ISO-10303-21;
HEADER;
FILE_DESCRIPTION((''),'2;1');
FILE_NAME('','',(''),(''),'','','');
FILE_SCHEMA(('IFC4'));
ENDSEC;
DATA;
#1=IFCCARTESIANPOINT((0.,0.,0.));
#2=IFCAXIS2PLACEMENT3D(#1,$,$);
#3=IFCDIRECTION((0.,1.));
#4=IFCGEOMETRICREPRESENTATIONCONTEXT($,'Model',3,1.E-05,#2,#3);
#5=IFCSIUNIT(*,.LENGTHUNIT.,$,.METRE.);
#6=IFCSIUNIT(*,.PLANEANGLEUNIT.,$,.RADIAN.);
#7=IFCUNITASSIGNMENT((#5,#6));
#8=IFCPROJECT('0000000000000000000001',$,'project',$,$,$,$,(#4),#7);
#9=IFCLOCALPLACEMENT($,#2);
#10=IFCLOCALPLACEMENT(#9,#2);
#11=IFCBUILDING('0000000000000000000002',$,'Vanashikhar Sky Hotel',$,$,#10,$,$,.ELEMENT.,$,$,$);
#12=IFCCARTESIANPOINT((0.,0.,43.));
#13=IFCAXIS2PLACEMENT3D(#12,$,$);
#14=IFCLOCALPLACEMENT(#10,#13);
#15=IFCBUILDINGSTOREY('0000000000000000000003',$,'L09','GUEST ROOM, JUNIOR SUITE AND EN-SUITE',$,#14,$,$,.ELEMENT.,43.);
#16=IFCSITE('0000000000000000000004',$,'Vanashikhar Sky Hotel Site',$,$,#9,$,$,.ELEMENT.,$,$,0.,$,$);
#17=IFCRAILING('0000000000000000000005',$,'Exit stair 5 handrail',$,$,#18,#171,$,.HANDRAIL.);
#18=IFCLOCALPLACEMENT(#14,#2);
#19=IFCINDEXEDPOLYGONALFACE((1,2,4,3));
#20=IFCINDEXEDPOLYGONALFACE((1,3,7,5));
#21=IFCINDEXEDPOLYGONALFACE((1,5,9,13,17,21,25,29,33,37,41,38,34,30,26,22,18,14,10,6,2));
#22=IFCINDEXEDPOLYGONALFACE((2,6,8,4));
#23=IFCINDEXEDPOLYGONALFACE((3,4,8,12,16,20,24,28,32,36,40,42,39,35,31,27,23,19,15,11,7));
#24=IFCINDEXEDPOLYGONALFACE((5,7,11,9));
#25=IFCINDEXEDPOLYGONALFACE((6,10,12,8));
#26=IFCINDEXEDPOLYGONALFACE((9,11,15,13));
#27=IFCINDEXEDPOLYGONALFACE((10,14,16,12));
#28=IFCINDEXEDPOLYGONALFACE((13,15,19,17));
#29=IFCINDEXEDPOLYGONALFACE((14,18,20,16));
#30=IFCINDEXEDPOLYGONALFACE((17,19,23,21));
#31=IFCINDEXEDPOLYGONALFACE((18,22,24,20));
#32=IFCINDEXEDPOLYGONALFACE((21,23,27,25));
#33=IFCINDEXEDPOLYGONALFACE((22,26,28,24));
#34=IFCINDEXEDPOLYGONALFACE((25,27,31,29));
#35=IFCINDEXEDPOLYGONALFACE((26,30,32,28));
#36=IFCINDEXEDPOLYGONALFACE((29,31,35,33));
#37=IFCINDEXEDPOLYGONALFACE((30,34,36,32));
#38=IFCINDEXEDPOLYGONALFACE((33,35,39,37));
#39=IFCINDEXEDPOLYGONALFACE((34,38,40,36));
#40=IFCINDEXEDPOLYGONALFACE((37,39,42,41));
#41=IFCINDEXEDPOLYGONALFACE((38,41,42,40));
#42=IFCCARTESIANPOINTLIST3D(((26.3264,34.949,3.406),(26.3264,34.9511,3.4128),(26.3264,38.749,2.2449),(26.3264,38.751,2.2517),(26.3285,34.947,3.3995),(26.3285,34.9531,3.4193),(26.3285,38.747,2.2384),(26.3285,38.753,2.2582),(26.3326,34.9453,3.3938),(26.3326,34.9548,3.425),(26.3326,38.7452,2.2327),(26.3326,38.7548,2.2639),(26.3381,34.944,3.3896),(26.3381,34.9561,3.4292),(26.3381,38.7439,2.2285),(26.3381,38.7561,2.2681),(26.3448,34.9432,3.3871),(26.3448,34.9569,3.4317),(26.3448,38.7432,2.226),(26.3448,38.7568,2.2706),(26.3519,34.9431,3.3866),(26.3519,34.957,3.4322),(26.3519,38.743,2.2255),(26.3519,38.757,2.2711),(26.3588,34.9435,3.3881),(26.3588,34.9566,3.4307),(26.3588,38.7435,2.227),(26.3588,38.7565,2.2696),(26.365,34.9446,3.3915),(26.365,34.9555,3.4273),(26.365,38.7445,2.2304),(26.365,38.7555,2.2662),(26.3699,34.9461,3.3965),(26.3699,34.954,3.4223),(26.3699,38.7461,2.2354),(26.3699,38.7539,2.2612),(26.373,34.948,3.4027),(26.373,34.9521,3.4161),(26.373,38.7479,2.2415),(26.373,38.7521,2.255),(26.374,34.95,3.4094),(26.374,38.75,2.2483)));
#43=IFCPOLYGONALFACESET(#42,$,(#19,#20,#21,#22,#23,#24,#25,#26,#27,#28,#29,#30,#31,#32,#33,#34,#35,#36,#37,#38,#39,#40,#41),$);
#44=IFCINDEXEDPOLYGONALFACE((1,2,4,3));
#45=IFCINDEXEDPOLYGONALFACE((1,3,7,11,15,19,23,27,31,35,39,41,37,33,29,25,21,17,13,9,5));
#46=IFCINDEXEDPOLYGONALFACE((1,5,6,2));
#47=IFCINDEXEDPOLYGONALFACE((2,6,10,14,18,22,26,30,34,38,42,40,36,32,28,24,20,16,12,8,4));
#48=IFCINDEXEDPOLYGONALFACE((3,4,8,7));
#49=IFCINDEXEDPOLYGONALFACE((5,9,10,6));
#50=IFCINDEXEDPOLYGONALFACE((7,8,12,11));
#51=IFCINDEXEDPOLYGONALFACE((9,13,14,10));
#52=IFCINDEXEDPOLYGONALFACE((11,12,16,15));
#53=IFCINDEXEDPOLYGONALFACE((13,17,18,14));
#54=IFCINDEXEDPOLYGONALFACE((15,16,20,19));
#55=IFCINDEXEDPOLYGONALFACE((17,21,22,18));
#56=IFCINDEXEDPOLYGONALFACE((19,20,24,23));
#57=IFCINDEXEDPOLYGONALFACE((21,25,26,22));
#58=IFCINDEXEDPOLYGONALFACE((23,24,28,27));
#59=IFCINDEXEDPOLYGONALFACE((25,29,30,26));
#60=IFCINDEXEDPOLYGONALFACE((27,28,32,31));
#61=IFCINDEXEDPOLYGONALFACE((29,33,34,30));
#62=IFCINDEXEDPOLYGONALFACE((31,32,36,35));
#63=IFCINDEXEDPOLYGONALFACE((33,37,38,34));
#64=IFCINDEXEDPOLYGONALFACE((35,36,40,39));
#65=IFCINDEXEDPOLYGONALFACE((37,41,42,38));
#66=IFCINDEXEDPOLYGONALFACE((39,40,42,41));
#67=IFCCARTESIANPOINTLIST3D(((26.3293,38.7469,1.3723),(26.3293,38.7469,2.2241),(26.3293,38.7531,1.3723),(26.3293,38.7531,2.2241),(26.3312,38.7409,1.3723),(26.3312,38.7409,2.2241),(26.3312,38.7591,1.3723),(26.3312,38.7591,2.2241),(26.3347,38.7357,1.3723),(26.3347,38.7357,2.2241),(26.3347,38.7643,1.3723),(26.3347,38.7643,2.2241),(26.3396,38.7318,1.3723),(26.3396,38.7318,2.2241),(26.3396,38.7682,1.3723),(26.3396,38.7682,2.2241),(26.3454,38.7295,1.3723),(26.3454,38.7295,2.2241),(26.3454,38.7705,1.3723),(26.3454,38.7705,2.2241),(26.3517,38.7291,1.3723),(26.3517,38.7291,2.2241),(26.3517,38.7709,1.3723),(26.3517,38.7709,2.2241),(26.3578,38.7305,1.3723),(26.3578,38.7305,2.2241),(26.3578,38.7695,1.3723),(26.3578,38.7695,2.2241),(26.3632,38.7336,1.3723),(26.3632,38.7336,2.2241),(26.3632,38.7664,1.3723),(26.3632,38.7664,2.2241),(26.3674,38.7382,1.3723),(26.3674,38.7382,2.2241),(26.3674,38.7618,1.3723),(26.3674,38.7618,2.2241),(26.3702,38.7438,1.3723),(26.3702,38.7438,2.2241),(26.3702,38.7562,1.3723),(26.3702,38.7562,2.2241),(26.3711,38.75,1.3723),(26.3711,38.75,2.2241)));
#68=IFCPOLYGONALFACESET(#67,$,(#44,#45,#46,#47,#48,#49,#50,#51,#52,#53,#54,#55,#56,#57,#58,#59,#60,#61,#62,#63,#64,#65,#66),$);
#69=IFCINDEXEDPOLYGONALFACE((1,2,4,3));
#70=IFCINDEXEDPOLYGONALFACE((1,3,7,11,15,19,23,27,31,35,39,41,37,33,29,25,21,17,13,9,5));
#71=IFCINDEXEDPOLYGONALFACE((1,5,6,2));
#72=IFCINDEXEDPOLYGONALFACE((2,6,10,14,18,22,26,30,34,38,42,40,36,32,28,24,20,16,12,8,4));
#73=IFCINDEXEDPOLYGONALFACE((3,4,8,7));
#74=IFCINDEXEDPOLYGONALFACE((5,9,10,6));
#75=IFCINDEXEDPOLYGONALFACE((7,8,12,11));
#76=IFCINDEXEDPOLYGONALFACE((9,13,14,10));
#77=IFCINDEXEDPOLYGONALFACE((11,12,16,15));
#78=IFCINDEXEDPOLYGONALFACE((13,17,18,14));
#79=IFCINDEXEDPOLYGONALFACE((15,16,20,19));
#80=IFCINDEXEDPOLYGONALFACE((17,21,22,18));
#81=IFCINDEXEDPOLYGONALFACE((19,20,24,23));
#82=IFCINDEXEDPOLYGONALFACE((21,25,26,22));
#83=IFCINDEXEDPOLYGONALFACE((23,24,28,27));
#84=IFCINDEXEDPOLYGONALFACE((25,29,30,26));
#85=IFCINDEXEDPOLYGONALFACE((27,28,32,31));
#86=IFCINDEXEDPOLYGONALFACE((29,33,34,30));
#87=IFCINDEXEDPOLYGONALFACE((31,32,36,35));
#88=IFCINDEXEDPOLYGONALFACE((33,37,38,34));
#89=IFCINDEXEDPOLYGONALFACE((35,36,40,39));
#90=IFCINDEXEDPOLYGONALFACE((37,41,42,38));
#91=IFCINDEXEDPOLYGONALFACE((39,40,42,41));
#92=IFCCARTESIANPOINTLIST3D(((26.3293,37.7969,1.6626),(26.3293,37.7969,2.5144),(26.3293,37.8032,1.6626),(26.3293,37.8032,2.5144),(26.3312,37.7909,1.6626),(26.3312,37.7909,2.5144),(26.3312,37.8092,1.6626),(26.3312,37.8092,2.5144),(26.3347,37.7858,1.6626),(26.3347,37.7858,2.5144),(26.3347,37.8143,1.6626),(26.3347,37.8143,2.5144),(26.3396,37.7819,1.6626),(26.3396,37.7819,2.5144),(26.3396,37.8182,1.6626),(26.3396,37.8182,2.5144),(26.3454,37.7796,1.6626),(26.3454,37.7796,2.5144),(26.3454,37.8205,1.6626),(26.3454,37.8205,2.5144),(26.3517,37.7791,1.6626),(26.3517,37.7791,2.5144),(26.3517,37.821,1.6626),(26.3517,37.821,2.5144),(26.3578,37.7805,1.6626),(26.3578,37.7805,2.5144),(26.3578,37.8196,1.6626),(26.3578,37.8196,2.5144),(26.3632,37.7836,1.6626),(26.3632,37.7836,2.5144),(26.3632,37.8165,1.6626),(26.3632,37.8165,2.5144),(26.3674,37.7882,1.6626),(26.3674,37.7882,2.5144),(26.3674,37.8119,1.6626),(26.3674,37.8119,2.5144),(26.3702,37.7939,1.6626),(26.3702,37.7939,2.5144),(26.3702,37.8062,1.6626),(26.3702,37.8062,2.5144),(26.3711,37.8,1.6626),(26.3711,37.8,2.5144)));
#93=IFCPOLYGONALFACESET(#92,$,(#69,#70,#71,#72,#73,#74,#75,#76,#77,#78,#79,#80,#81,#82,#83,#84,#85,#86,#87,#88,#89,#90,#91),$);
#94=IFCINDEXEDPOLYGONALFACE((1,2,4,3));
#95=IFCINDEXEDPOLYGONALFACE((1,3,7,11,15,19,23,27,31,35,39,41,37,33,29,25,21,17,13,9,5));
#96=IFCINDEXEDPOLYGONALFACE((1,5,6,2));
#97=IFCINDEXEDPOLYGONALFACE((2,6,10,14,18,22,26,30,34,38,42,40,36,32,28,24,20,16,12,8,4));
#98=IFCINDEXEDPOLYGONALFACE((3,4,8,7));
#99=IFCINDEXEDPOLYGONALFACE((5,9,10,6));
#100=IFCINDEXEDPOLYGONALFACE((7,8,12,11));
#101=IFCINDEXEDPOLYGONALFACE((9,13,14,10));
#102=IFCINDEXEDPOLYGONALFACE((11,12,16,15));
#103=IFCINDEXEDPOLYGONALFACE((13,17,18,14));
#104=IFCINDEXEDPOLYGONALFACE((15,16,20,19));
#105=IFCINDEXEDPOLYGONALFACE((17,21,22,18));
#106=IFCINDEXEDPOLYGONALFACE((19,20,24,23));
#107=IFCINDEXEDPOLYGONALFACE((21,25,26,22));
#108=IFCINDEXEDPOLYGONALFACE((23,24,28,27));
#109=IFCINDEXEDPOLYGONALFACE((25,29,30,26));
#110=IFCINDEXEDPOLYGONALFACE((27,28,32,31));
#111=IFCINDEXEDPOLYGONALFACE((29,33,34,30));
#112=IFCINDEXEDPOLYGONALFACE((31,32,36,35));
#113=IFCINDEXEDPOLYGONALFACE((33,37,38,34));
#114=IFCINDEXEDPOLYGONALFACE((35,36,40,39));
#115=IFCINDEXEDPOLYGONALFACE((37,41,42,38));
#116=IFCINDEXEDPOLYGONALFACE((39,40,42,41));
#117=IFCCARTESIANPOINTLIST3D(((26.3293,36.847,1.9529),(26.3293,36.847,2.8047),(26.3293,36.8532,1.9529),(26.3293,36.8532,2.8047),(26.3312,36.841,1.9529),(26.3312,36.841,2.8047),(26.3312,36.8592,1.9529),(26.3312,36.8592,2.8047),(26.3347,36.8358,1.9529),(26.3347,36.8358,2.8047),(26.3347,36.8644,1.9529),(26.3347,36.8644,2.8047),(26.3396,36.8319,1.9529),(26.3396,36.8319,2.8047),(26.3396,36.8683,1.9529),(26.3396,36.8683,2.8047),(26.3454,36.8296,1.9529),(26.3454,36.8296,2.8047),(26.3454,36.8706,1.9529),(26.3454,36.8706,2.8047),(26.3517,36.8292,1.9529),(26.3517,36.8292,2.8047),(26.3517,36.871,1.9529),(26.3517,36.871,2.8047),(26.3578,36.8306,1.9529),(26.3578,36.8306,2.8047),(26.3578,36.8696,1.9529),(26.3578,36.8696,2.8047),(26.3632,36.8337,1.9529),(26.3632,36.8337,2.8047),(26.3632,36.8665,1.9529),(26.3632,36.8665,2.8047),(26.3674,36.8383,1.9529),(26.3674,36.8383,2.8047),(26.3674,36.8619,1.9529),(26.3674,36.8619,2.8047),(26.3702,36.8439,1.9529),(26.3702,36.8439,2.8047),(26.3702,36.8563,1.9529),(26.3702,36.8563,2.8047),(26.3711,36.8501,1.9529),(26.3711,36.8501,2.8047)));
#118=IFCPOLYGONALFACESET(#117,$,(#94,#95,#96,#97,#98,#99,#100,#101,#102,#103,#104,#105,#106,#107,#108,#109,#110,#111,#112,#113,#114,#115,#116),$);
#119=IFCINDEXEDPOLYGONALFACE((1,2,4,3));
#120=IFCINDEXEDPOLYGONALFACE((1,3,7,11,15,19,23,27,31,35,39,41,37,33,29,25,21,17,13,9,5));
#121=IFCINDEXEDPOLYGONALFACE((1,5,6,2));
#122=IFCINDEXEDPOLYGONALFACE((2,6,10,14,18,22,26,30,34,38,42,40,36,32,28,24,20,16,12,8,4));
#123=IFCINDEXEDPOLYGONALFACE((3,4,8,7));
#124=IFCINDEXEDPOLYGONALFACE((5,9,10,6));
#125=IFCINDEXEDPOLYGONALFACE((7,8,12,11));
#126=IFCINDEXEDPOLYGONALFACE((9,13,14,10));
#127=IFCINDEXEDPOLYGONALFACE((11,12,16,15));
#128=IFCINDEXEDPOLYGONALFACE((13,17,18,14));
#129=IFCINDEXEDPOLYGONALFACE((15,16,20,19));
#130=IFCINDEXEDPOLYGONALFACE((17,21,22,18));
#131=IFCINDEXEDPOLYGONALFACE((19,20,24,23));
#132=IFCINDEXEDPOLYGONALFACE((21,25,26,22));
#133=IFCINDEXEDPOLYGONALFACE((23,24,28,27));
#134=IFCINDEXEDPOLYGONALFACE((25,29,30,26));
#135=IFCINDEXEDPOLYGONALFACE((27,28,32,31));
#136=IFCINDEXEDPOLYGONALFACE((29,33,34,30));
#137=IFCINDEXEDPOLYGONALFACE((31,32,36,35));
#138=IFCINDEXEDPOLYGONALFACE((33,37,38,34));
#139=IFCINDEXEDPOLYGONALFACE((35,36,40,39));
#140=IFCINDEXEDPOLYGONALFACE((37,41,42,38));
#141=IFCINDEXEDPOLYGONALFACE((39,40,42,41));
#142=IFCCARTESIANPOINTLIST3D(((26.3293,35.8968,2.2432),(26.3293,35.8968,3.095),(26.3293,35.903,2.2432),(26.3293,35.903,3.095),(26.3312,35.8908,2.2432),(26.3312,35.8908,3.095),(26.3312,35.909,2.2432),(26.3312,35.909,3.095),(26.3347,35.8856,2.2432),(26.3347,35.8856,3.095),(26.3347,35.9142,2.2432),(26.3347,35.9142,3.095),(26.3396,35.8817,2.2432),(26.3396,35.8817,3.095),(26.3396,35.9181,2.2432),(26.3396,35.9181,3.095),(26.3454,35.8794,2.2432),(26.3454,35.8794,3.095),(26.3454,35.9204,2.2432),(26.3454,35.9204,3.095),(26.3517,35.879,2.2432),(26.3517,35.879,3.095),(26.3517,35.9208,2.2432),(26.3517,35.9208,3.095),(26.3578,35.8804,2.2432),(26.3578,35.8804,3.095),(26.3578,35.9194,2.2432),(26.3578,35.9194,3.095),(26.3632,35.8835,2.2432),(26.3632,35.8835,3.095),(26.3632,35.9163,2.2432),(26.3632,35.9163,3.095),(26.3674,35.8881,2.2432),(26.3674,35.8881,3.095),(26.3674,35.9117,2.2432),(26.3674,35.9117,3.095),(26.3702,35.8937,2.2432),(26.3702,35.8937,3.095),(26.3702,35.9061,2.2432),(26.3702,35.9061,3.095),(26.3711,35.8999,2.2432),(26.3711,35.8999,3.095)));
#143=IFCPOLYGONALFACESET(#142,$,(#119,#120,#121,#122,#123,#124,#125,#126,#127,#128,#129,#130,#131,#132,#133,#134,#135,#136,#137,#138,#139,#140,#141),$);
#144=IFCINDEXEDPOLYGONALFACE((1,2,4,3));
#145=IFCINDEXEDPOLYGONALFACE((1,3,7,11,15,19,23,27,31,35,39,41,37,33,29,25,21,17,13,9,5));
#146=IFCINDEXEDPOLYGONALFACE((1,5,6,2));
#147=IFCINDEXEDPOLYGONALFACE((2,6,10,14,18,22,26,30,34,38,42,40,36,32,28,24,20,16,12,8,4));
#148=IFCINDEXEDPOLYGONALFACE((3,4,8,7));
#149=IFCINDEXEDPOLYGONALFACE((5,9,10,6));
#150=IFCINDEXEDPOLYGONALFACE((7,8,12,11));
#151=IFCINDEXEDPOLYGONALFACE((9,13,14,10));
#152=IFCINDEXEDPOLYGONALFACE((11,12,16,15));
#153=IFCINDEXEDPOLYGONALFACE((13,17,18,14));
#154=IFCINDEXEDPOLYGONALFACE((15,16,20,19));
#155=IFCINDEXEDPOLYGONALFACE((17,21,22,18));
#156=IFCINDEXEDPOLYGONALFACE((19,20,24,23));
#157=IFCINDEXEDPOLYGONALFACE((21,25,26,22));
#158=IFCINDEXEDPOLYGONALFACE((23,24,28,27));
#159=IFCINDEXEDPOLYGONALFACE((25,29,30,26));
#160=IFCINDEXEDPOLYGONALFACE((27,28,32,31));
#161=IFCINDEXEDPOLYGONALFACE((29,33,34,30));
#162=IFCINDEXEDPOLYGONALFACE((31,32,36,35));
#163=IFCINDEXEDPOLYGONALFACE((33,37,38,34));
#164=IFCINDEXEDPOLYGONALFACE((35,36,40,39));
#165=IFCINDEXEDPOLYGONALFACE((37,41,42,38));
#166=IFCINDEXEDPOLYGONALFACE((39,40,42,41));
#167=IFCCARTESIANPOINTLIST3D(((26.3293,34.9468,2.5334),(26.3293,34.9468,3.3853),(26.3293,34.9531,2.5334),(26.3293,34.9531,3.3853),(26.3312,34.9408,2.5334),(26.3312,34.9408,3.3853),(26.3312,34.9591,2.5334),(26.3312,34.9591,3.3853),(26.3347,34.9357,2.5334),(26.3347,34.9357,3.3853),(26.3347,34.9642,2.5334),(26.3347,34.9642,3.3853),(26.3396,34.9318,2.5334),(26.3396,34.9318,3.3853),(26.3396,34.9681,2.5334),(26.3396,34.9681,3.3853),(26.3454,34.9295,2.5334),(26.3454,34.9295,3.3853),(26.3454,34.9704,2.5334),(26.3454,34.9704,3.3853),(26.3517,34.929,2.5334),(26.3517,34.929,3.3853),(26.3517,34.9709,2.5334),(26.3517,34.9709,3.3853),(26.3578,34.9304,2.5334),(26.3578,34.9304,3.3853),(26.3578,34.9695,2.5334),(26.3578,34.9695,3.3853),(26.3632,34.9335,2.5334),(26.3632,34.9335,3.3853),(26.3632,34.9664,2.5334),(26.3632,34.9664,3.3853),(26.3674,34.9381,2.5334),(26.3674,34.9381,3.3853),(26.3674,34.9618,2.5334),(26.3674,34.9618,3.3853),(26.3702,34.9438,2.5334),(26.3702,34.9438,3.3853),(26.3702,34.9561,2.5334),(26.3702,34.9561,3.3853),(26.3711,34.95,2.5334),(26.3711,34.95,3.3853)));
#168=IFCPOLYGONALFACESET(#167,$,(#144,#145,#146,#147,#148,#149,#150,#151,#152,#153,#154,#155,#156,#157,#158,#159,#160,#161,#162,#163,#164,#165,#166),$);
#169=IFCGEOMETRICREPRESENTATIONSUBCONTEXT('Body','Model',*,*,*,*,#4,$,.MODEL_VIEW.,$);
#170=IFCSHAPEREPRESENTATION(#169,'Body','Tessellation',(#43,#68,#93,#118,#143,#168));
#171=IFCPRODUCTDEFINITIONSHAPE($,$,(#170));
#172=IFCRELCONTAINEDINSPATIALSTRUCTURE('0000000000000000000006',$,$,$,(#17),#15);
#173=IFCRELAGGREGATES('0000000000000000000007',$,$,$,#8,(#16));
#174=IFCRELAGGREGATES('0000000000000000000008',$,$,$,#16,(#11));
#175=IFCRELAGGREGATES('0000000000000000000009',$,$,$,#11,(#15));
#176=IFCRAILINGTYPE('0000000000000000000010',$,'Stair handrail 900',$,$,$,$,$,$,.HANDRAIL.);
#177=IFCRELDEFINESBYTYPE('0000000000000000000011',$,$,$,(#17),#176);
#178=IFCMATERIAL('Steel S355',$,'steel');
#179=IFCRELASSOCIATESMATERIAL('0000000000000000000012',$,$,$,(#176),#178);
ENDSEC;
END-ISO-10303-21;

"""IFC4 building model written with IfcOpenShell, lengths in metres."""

from ifc_helpers import new_model, si_unit, direction, frame, origin, origin_2d, place, context, subcontext, project, spatial, circle, extrude, source, transform, mapped, material, type_object, element, save


model = new_model("IFC4")

# Units and contexts
model_context = context("Model", 3, precision=1e-05, world=origin(), true_north=direction((0.0, 1.0)))
body_context = subcontext(model_context, "Body", "Model", "MODEL_VIEW")
ifc_project = project(units=[si_unit("LENGTHUNIT", "METRE"), si_unit("PLANEANGLEUNIT", "RADIAN")], contexts=[model_context])

# Site, building, storey
site_placement = place(None, origin())
site = spatial("IfcSite", under=ifc_project, at=site_placement, Name="Vanashikhar Sky Hotel Site", CompositionType="ELEMENT", RefElevation=0.0)
building_placement = place(site_placement, origin())
building = spatial("IfcBuilding", under=site, at=building_placement, Name="Vanashikhar Sky Hotel", CompositionType="ELEMENT")
storey_placement = place(building_placement, frame((0.0, 0.0, 43.0)))
storey = spatial("IfcBuildingStorey", under=building, at=storey_placement, Name="L09", Description="GUEST ROOM, JUNIOR SUITE AND EN-SUITE", CompositionType="ELEMENT", Elevation=43.0)

# Railing
ifc_material_1 = material(Name="Steel S355", Category="steel")
railing_type = type_object("IfcRailingType", Name="Stair handrail 900", PredefinedType="HANDRAIL", material=ifc_material_1)
shared_shape_1 = source(origin(), body_context, "Body", "SweptSolid", [
    extrude(circle(Radius=0.0239, at=origin_2d()), frame((0.0, 0.0, 0.876), z_axis=(0.0, -0.956351, 0.29222), x_axis=(1.0, 0.0, 0.0)), (0.0, 0.0, 1.0), 3.9734),
    extrude(circle(Radius=0.021, at=origin_2d()), origin(), (0.0, 0.0, 1.0), 0.8518),
    extrude(circle(Radius=0.021, at=origin_2d()), frame((0.0, -0.95, 0.2903)), (0.0, 0.0, 1.0), 0.8518),
    extrude(circle(Radius=0.021, at=origin_2d()), frame((0.0, -1.8999, 0.5806)), (0.0, 0.0, 1.0), 0.8518),
    extrude(circle(Radius=0.021, at=origin_2d()), frame((0.0, -2.8501, 0.8708)), (0.0, 0.0, 1.0), 0.8518),
    extrude(circle(Radius=0.021, at=origin_2d()), frame((0.0, -3.8, 1.1611)), (0.0, 0.0, 1.0), 0.8518),
])
railing_placement = place(storey_placement, frame((26.3501, 38.75, 1.3723)))
element("IfcRailing", 1, at=railing_placement, inside=storey, type_object=railing_type, Name="Exit stair 5 handrail", PredefinedType="HANDRAIL", context=body_context, shape_type="MappedRepresentation", body=[
    mapped(shared_shape_1, transform((0.0, 0.0, 0.0), scale=1.0)),
])

save(model, "model.ifc")
